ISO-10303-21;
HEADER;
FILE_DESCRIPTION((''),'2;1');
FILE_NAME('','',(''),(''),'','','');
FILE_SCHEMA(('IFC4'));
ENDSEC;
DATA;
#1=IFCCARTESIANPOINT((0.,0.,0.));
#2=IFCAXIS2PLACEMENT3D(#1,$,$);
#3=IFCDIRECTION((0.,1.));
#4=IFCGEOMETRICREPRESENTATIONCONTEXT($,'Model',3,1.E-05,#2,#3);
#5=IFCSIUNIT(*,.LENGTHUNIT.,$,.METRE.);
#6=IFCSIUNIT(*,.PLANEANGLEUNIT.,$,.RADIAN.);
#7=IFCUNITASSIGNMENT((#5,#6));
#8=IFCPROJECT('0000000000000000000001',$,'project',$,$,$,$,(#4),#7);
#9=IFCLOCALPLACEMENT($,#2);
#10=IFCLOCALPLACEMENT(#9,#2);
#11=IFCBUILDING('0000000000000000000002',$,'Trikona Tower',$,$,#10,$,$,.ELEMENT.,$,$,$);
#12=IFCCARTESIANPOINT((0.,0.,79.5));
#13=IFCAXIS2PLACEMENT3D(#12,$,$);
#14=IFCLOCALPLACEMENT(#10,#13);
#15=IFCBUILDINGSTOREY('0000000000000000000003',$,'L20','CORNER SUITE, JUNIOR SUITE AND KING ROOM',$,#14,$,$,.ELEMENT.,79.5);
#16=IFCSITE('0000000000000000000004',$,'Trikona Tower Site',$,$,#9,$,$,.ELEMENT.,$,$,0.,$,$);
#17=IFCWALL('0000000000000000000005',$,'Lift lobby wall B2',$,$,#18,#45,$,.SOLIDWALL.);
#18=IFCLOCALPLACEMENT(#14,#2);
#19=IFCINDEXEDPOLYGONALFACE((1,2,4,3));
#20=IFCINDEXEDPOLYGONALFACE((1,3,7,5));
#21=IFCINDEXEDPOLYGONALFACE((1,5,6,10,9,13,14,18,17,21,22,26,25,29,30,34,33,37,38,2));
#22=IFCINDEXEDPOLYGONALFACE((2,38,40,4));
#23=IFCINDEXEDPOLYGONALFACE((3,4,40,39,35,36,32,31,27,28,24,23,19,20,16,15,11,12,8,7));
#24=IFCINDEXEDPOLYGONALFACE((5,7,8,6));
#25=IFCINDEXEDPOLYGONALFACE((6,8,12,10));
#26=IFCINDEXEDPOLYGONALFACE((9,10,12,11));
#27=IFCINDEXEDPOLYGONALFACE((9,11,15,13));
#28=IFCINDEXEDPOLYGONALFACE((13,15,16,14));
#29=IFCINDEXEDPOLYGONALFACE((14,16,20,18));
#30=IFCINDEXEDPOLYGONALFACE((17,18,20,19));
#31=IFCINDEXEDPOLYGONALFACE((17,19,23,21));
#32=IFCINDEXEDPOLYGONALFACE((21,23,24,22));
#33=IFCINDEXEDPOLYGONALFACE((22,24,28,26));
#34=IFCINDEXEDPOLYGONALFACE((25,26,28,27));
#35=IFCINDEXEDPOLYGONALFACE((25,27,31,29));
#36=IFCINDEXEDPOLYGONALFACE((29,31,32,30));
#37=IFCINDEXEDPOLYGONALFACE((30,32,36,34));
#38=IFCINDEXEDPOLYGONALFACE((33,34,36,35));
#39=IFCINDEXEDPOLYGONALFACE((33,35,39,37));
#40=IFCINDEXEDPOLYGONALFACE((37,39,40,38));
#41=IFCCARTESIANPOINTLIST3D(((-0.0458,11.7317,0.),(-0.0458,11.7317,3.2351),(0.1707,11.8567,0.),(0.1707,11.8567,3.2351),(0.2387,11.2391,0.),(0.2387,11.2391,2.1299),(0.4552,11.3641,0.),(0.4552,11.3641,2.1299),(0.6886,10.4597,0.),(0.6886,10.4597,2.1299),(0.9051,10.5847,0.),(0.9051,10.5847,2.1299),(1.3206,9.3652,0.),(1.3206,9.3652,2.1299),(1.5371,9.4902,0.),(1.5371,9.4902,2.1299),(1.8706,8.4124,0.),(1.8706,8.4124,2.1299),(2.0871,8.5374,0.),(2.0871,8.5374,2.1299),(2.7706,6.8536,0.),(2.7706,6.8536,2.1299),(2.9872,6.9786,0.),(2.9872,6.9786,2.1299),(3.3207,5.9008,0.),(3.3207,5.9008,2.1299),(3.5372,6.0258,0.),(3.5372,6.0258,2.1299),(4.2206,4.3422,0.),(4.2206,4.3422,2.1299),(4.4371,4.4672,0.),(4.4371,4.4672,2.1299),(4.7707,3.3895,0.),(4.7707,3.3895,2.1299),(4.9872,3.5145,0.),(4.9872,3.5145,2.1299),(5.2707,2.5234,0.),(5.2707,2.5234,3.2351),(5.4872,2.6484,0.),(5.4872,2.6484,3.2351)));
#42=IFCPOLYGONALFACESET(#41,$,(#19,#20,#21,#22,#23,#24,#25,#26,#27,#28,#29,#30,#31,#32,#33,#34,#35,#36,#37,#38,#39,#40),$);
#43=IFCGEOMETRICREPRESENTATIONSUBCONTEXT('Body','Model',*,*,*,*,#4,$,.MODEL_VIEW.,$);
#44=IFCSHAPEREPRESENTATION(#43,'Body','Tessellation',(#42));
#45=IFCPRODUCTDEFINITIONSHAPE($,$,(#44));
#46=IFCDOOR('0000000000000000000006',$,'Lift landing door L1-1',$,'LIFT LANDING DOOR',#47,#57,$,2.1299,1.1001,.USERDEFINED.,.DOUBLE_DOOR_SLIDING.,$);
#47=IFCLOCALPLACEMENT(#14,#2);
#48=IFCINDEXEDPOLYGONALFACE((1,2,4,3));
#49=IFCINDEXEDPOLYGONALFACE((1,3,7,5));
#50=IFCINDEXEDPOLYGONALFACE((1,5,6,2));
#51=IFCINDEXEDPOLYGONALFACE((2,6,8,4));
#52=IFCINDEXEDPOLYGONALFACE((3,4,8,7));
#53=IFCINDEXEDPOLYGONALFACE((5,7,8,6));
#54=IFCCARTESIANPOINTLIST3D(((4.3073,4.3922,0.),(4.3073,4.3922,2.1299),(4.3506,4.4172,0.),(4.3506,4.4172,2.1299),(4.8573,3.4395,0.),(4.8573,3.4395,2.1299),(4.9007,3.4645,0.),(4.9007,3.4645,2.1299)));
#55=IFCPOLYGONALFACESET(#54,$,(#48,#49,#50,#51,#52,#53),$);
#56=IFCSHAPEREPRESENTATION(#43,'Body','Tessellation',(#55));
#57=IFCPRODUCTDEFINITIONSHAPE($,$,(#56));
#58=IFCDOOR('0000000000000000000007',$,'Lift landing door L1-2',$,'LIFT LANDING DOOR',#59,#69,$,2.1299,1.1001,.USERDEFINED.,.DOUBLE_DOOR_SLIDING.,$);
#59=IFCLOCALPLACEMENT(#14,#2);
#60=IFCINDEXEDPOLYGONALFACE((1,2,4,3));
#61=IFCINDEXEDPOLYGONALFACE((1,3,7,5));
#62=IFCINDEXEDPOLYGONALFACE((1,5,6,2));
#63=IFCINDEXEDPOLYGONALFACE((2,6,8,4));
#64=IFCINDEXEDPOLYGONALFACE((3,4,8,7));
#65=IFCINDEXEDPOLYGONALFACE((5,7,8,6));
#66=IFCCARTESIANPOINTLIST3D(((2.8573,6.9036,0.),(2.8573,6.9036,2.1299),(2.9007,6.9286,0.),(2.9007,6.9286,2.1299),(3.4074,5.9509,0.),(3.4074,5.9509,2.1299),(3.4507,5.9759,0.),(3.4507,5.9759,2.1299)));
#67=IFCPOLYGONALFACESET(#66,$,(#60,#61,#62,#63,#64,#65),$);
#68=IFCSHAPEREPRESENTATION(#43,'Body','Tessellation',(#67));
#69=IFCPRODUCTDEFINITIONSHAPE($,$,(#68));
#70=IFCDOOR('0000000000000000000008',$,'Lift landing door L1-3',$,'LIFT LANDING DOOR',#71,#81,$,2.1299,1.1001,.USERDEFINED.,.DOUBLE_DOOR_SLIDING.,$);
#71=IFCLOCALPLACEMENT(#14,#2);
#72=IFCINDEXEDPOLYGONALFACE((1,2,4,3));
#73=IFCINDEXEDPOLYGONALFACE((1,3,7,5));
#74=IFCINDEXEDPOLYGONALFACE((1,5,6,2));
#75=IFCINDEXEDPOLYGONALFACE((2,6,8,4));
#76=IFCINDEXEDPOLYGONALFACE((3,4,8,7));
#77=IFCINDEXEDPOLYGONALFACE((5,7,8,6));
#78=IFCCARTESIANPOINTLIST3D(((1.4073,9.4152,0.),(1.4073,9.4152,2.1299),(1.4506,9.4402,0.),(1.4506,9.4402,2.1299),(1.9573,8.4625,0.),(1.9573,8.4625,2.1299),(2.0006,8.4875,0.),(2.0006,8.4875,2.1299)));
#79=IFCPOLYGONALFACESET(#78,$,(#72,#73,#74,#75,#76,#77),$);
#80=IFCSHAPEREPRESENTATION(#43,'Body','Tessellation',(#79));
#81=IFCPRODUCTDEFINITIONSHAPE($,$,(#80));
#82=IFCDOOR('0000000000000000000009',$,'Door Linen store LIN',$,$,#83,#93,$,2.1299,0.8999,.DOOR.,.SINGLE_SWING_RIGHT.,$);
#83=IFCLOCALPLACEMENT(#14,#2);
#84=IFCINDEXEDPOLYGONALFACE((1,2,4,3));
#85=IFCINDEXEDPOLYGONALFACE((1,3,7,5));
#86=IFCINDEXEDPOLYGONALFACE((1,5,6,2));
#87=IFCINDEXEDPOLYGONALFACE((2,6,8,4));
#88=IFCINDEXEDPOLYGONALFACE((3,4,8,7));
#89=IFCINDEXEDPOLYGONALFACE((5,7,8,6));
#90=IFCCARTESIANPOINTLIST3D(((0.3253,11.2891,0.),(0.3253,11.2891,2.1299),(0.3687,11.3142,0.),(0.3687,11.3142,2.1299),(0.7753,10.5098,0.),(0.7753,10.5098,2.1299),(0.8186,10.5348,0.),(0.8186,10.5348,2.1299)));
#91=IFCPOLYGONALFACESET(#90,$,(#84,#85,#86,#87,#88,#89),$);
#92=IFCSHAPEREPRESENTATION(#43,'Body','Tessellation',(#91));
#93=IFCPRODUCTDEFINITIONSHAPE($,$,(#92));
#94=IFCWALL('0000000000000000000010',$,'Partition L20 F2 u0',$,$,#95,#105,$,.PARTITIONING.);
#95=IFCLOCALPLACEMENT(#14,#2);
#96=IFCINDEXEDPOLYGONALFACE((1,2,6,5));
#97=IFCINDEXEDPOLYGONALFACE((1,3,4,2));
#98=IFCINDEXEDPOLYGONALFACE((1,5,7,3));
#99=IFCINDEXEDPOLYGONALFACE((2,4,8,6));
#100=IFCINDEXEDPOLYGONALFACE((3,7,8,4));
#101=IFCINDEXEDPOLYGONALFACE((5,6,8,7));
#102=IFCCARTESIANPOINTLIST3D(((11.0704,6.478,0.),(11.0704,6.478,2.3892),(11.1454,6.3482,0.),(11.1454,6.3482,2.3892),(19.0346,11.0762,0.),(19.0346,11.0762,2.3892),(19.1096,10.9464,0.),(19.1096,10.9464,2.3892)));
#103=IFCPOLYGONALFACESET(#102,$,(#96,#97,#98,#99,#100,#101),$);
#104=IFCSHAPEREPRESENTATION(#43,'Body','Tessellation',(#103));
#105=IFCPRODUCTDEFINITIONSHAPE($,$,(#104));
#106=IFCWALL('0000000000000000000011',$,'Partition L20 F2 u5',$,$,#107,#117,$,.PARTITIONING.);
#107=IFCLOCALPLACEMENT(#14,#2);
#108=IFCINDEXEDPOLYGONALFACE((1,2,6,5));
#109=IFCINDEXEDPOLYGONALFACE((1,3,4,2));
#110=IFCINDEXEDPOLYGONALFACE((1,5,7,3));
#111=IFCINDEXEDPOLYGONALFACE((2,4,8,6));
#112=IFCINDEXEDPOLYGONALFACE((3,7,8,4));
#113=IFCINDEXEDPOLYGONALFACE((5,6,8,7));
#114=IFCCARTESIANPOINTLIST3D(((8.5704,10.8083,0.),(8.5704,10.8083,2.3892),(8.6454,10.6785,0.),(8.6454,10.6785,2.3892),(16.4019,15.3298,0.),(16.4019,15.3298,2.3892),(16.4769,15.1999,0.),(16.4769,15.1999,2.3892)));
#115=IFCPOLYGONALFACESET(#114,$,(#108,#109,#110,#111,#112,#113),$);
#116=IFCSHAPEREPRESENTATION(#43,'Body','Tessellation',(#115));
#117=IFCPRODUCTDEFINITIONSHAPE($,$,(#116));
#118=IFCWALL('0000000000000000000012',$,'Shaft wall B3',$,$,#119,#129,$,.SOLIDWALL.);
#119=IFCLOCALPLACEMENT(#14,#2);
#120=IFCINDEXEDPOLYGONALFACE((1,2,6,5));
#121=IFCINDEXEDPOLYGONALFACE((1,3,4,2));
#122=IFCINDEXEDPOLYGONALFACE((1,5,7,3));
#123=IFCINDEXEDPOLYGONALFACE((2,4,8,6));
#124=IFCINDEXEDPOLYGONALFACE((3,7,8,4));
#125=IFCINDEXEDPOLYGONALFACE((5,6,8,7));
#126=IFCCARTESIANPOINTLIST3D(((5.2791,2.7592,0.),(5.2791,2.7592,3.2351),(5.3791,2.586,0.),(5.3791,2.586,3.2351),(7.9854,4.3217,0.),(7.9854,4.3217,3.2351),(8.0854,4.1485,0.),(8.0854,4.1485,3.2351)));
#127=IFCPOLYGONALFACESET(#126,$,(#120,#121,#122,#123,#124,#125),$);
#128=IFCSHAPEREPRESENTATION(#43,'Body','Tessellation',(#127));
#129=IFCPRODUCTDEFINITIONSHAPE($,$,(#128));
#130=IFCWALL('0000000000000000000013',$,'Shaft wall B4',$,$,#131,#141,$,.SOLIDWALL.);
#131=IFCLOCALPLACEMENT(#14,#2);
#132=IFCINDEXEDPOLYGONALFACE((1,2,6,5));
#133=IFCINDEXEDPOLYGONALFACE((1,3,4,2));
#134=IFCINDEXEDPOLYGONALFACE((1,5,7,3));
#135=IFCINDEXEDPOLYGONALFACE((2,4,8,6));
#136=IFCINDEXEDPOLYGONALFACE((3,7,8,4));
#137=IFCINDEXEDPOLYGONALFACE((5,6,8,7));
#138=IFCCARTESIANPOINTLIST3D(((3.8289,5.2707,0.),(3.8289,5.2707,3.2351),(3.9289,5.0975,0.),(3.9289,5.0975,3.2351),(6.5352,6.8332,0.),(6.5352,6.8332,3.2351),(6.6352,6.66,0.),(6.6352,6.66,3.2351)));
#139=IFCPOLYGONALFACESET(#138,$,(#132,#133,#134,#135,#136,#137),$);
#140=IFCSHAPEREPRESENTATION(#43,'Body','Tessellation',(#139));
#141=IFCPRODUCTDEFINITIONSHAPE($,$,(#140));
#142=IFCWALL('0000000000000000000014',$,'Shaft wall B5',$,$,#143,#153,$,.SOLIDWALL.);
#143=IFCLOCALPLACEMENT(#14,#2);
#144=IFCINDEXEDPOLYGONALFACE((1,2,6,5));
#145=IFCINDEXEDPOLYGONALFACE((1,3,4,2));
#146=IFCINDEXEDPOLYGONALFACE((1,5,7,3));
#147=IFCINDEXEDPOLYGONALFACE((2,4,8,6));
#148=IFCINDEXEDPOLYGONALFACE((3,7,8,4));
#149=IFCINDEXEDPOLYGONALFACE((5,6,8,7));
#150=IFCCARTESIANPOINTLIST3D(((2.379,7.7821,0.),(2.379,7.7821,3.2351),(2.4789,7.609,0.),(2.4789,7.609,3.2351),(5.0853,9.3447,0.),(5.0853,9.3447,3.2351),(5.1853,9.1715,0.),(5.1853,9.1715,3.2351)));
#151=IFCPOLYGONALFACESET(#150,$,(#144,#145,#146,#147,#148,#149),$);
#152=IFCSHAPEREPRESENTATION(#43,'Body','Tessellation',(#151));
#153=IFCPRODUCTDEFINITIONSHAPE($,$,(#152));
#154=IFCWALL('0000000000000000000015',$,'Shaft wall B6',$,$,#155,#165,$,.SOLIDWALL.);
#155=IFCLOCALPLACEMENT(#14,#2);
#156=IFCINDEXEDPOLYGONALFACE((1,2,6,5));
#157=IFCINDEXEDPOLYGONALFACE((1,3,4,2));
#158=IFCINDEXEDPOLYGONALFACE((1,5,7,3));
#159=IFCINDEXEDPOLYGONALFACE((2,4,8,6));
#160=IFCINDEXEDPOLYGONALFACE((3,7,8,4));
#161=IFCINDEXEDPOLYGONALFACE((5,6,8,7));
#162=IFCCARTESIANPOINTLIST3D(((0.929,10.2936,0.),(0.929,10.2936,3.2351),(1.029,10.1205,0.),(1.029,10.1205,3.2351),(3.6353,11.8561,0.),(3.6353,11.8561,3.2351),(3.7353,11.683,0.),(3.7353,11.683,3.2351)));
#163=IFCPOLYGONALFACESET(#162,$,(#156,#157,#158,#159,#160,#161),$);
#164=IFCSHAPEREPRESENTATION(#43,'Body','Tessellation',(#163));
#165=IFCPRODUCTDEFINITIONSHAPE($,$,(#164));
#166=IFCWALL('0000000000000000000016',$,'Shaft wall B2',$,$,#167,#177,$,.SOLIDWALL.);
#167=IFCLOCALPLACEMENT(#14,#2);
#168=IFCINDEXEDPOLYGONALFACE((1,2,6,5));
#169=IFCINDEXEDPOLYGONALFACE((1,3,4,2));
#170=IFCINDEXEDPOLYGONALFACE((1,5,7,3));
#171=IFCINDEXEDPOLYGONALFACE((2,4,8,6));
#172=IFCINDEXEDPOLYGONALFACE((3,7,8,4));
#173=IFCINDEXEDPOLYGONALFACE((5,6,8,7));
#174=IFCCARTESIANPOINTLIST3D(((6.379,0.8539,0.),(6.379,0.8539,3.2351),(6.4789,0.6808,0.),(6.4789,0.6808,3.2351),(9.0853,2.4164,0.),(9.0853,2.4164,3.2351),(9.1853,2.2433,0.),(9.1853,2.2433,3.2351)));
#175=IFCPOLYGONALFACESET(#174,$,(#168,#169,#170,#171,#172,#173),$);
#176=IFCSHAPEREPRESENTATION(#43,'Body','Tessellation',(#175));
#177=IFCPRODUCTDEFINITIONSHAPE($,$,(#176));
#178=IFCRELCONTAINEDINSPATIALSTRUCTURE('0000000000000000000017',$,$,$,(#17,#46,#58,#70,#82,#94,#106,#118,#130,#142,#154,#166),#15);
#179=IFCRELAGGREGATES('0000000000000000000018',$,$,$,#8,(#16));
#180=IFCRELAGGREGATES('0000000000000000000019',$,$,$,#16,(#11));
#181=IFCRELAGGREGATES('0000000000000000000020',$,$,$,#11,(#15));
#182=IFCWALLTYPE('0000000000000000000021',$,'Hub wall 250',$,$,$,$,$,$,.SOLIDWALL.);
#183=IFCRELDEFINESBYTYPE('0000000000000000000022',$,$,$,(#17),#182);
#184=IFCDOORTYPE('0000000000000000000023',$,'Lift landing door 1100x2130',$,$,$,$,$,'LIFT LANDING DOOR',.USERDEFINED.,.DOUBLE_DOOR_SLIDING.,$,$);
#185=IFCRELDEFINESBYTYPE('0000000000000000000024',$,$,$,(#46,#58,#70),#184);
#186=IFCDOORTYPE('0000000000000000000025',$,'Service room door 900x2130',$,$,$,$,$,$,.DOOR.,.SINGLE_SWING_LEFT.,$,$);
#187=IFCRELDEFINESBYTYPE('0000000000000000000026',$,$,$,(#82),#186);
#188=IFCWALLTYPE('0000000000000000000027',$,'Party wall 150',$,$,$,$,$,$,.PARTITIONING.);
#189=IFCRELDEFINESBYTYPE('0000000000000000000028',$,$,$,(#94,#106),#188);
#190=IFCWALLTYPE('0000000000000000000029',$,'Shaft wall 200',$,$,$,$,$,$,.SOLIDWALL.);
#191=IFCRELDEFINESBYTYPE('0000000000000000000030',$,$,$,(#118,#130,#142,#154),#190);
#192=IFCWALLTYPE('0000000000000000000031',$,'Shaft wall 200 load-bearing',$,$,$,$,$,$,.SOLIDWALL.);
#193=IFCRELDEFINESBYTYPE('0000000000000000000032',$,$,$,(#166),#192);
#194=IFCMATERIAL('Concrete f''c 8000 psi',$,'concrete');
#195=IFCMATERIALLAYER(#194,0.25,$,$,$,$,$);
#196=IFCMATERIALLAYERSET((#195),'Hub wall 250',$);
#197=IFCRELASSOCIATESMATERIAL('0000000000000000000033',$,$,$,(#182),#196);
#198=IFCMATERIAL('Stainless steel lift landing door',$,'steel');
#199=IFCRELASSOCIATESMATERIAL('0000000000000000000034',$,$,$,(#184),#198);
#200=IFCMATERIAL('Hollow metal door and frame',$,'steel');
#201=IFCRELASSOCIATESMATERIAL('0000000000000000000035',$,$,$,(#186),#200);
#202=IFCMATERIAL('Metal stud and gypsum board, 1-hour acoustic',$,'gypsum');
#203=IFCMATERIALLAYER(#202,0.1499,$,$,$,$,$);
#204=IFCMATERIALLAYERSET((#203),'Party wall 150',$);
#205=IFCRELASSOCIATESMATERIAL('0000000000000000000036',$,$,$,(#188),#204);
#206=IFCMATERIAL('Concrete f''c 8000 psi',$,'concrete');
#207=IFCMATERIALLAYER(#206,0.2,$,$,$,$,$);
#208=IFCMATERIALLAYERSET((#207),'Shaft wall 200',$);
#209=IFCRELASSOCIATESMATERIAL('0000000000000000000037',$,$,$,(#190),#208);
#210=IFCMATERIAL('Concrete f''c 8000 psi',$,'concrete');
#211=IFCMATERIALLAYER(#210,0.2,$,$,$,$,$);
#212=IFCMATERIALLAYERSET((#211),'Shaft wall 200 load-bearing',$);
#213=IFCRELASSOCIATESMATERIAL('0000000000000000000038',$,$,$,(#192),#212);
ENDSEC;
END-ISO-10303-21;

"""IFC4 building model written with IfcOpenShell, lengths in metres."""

from ifc_helpers import new_model, si_unit, direction, frame, frame_2d, origin, place, context, subcontext, project, spatial, rectangle, extrude, material, layer, layer_set, type_object, element, fill, save


model = new_model("IFC4")

# Units and contexts
model_context = context("Model", 3, precision=1e-05, world=origin(), true_north=direction((0.0, 1.0)))
body_context = subcontext(model_context, "Body", "Model", "MODEL_VIEW")
ifc_project = project(units=[si_unit("LENGTHUNIT", "METRE"), si_unit("PLANEANGLEUNIT", "RADIAN")], contexts=[model_context])

# Site, building, storey
site_placement = place(None, origin())
site = spatial("IfcSite", under=ifc_project, at=site_placement, Name="Trikona Tower Site", CompositionType="ELEMENT", RefElevation=0.0)
building_placement = place(site_placement, origin())
building = spatial("IfcBuilding", under=site, at=building_placement, Name="Trikona Tower", CompositionType="ELEMENT")
storey_placement = place(building_placement, frame((0.0, 0.0, 79.5)))
storey = spatial("IfcBuildingStorey", under=building, at=storey_placement, Name="L20", Description="CORNER SUITE, JUNIOR SUITE AND KING ROOM", CompositionType="ELEMENT", Elevation=79.5)

# Wall, openings, doors
ifc_material_1 = material(Name="Concrete f'c 8000 psi", Category="concrete")
ifc_layer_1 = layer(ifc_material_1, 0.25)
ifc_layer_set_1 = layer_set([ifc_layer_1], Name="Hub wall 250")
wall_type_1 = type_object("IfcWallType", Name="Hub wall 250", PredefinedType="SOLIDWALL", material=ifc_layer_set_1)
wall_1_placement = place(storey_placement, frame((5.3789, 2.5859, 0.0), z_axis=(0.0, 0.0, 1.0), x_axis=(-0.500001, 0.866025, 0.0)))
wall_1 = element("IfcWall", 1, at=wall_1_placement, inside=storey, type_object=wall_type_1, Name="Lift lobby wall B2", PredefinedType="SOLIDWALL", context=body_context, shape_type="SweptSolid", body=[
    extrude(rectangle(XDim=10.6328, YDim=0.25, at=frame_2d((5.3164, 0.0))), origin(), (0.0, 0.0, 1.0), 3.2351),
])
opening_1_placement = place(wall_1_placement, frame((9.1641, 0.0, 0.0)))
opening_1 = element("IfcOpeningElement", 2, at=opening_1_placement, cuts=wall_1, PredefinedType="OPENING", context=body_context, shape_type="SweptSolid", body=[
    extrude(rectangle(XDim=0.8999, YDim=2.1299, at=frame_2d((0.45, 1.0649))), frame((0.0, 0.135, 0.0), z_axis=(0.0, -1.0, 0.0), x_axis=(1.0, 0.0, 0.0)), (0.0, 0.0, 1.0), 0.27),
])
opening_2_placement = place(wall_1_placement, frame((1.0, 0.0, 0.0)))
opening_2 = element("IfcOpeningElement", 3, at=opening_2_placement, cuts=wall_1, PredefinedType="OPENING", context=body_context, shape_type="SweptSolid", body=[
    extrude(rectangle(XDim=1.1001, YDim=2.1299, at=frame_2d((0.55, 1.0649))), frame((0.0, 0.135, 0.0), z_axis=(0.0, -1.0, 0.0), x_axis=(1.0, 0.0, 0.0)), (0.0, 0.0, 1.0), 0.27),
])
opening_3_placement = place(wall_1_placement, frame((3.8999, 0.0, 0.0)))
opening_3 = element("IfcOpeningElement", 4, at=opening_3_placement, cuts=wall_1, PredefinedType="OPENING", context=body_context, shape_type="SweptSolid", body=[
    extrude(rectangle(XDim=1.1001, YDim=2.1299, at=frame_2d((0.55, 1.0649))), frame((0.0, 0.135, 0.0), z_axis=(0.0, -1.0, 0.0), x_axis=(1.0, 0.0, 0.0)), (0.0, 0.0, 1.0), 0.27),
])
opening_4_placement = place(wall_1_placement, frame((6.8, 0.0, 0.0)))
opening_4 = element("IfcOpeningElement", 5, at=opening_4_placement, cuts=wall_1, PredefinedType="OPENING", context=body_context, shape_type="SweptSolid", body=[
    extrude(rectangle(XDim=1.1001, YDim=2.1299, at=frame_2d((0.55, 1.0649))), frame((0.0, 0.135, 0.0), z_axis=(0.0, -1.0, 0.0), x_axis=(1.0, 0.0, 0.0)), (0.0, 0.0, 1.0), 0.27),
])
ifc_material_2 = material(Name="Stainless steel lift landing door", Category="steel")
door_type_1 = type_object("IfcDoorType", Name="Lift landing door 1100x2130", ElementType="LIFT LANDING DOOR", OperationType="DOUBLE_DOOR_SLIDING", PredefinedType="USERDEFINED", material=ifc_material_2)
door_1_placement = place(opening_2_placement, origin())
door_1 = element("IfcDoor", 6, at=door_1_placement, inside=storey, type_object=door_type_1, Name="Lift landing door L1-1", ObjectType="LIFT LANDING DOOR", OperationType="DOUBLE_DOOR_SLIDING", OverallHeight=2.1299, OverallWidth=1.1001, PredefinedType="USERDEFINED", context=body_context, shape_type="SweptSolid", body=[
    extrude(rectangle(XDim=1.1001, YDim=2.1299, at=frame_2d((0.55, 1.0649))), frame((0.0, 0.0249, 0.0), z_axis=(0.0, -1.0, 0.0), x_axis=(1.0, 0.0, 0.0)), (0.0, 0.0, 1.0), 0.05),
])
fill(opening_2, door_1)
door_2_placement = place(opening_3_placement, origin())
door_2 = element("IfcDoor", 7, at=door_2_placement, inside=storey, type_object=door_type_1, Name="Lift landing door L1-2", ObjectType="LIFT LANDING DOOR", OperationType="DOUBLE_DOOR_SLIDING", OverallHeight=2.1299, OverallWidth=1.1001, PredefinedType="USERDEFINED", context=body_context, shape_type="SweptSolid", body=[
    extrude(rectangle(XDim=1.1001, YDim=2.1299, at=frame_2d((0.55, 1.0649))), frame((0.0, 0.0249, 0.0), z_axis=(0.0, -1.0, 0.0), x_axis=(1.0, 0.0, 0.0)), (0.0, 0.0, 1.0), 0.05),
])
fill(opening_3, door_2)
door_3_placement = place(opening_4_placement, origin())
door_3 = element("IfcDoor", 8, at=door_3_placement, inside=storey, type_object=door_type_1, Name="Lift landing door L1-3", ObjectType="LIFT LANDING DOOR", OperationType="DOUBLE_DOOR_SLIDING", OverallHeight=2.1299, OverallWidth=1.1001, PredefinedType="USERDEFINED", context=body_context, shape_type="SweptSolid", body=[
    extrude(rectangle(XDim=1.1001, YDim=2.1299, at=frame_2d((0.55, 1.0649))), frame((0.0, 0.0249, 0.0), z_axis=(0.0, -1.0, 0.0), x_axis=(1.0, 0.0, 0.0)), (0.0, 0.0, 1.0), 0.05),
])
fill(opening_4, door_3)
ifc_material_3 = material(Name="Hollow metal door and frame", Category="steel")
door_type_2 = type_object("IfcDoorType", Name="Service room door 900x2130", OperationType="SINGLE_SWING_LEFT", PredefinedType="DOOR", material=ifc_material_3)
door_4_placement = place(opening_1_placement, origin())
door_4 = element("IfcDoor", 9, at=door_4_placement, inside=storey, type_object=door_type_2, Name="Door Linen store LIN", OperationType="SINGLE_SWING_RIGHT", OverallHeight=2.1299, OverallWidth=0.8999, PredefinedType="DOOR", context=body_context, shape_type="SweptSolid", body=[
    extrude(rectangle(XDim=0.8999, YDim=2.1299, at=frame_2d((0.45, 1.0649))), frame((0.0, 0.0249, 0.0), z_axis=(0.0, -1.0, 0.0), x_axis=(1.0, 0.0, 0.0)), (0.0, 0.0, 1.0), 0.05),
])
fill(opening_1, door_4)

# Walls
ifc_material_4 = material(Name="Metal stud and gypsum board, 1-hour acoustic", Category="gypsum")
ifc_layer_2 = layer(ifc_material_4, 0.1499)
ifc_layer_set_2 = layer_set([ifc_layer_2], Name="Party wall 150")
wall_type_2 = type_object("IfcWallType", Name="Party wall 150", PredefinedType="PARTITIONING", material=ifc_layer_set_2)
wall_2_placement = place(storey_placement, frame((11.1079, 6.4131, 0.0), z_axis=(0.0, 0.0, 1.0), x_axis=(0.866022, 0.500005, 0.0)))
element("IfcWall", 10, at=wall_2_placement, inside=storey, type_object=wall_type_2, Name="Partition L20 F2 u0", PredefinedType="PARTITIONING", context=body_context, shape_type="SweptSolid", body=[
    extrude(rectangle(XDim=9.1963, YDim=0.1499, at=frame_2d((4.5981, 0.0))), origin(), (0.0, 0.0, 1.0), 2.3892),
])
wall_3_placement = place(storey_placement, frame((8.6079, 10.7434, 0.0), z_axis=(0.0, 0.0, 1.0), x_axis=(0.866028, 0.499995, 0.0)))
element("IfcWall", 11, at=wall_3_placement, inside=storey, type_object=wall_type_2, Name="Partition L20 F2 u5", PredefinedType="PARTITIONING", context=body_context, shape_type="SweptSolid", body=[
    extrude(rectangle(XDim=9.043, YDim=0.1499, at=frame_2d((4.5215, 0.0))), origin(), (0.0, 0.0, 1.0), 2.3892),
])
ifc_material_5 = material(Name="Concrete f'c 8000 psi", Category="concrete")
ifc_layer_3 = layer(ifc_material_5, 0.2)
ifc_layer_set_3 = layer_set([ifc_layer_3], Name="Shaft wall 200")
wall_type_3 = type_object("IfcWallType", Name="Shaft wall 200", PredefinedType="SOLIDWALL", material=ifc_layer_set_3)
for number, where, z_axis, x_axis, name in (
    (12, (5.3291, 2.6726, 0.0), (0.0, 0.0, 1.0), (0.866023, 0.500004, 0.0), "Shaft wall B3"),
    (13, (3.8789, 5.1841, 0.0), (0.0, 0.0, 1.0), (0.866023, 0.500004, 0.0), "Shaft wall B4"),
    (14, (2.429, 7.6956, 0.0), (0.0, 0.0, 1.0), (0.866023, 0.500004, 0.0), "Shaft wall B5"),
    (15, (0.979, 10.207, 0.0), (0.0, 0.0, 1.0), (0.866023, 0.500004, 0.0), "Shaft wall B6"),
):
    element("IfcWall", number, at=place(storey_placement, frame(where, z_axis=z_axis, x_axis=x_axis)), inside=storey, type_object=wall_type_3, Name=name, PredefinedType="SOLIDWALL", context=body_context, shape_type="SweptSolid", body=[
        extrude(rectangle(XDim=3.125, YDim=0.2, at=frame_2d((1.5625, 0.0))), origin(), (0.0, 0.0, 1.0), 3.2351),
    ])
ifc_material_6 = material(Name="Concrete f'c 8000 psi", Category="concrete")
ifc_layer_4 = layer(ifc_material_6, 0.2)
ifc_layer_set_4 = layer_set([ifc_layer_4], Name="Shaft wall 200 load-bearing")
wall_type_4 = type_object("IfcWallType", Name="Shaft wall 200 load-bearing", PredefinedType="SOLIDWALL", material=ifc_layer_set_4)
wall_4_placement = place(storey_placement, frame((6.429, 0.7673, 0.0), z_axis=(0.0, 0.0, 1.0), x_axis=(0.866023, 0.500004, 0.0)))
element("IfcWall", 16, at=wall_4_placement, inside=storey, type_object=wall_type_4, Name="Shaft wall B2", PredefinedType="SOLIDWALL", context=body_context, shape_type="SweptSolid", body=[
    extrude(rectangle(XDim=3.125, YDim=0.2, at=frame_2d((1.5625, 0.0))), origin(), (0.0, 0.0, 1.0), 3.2351),
])

save(model, "model.ifc")
